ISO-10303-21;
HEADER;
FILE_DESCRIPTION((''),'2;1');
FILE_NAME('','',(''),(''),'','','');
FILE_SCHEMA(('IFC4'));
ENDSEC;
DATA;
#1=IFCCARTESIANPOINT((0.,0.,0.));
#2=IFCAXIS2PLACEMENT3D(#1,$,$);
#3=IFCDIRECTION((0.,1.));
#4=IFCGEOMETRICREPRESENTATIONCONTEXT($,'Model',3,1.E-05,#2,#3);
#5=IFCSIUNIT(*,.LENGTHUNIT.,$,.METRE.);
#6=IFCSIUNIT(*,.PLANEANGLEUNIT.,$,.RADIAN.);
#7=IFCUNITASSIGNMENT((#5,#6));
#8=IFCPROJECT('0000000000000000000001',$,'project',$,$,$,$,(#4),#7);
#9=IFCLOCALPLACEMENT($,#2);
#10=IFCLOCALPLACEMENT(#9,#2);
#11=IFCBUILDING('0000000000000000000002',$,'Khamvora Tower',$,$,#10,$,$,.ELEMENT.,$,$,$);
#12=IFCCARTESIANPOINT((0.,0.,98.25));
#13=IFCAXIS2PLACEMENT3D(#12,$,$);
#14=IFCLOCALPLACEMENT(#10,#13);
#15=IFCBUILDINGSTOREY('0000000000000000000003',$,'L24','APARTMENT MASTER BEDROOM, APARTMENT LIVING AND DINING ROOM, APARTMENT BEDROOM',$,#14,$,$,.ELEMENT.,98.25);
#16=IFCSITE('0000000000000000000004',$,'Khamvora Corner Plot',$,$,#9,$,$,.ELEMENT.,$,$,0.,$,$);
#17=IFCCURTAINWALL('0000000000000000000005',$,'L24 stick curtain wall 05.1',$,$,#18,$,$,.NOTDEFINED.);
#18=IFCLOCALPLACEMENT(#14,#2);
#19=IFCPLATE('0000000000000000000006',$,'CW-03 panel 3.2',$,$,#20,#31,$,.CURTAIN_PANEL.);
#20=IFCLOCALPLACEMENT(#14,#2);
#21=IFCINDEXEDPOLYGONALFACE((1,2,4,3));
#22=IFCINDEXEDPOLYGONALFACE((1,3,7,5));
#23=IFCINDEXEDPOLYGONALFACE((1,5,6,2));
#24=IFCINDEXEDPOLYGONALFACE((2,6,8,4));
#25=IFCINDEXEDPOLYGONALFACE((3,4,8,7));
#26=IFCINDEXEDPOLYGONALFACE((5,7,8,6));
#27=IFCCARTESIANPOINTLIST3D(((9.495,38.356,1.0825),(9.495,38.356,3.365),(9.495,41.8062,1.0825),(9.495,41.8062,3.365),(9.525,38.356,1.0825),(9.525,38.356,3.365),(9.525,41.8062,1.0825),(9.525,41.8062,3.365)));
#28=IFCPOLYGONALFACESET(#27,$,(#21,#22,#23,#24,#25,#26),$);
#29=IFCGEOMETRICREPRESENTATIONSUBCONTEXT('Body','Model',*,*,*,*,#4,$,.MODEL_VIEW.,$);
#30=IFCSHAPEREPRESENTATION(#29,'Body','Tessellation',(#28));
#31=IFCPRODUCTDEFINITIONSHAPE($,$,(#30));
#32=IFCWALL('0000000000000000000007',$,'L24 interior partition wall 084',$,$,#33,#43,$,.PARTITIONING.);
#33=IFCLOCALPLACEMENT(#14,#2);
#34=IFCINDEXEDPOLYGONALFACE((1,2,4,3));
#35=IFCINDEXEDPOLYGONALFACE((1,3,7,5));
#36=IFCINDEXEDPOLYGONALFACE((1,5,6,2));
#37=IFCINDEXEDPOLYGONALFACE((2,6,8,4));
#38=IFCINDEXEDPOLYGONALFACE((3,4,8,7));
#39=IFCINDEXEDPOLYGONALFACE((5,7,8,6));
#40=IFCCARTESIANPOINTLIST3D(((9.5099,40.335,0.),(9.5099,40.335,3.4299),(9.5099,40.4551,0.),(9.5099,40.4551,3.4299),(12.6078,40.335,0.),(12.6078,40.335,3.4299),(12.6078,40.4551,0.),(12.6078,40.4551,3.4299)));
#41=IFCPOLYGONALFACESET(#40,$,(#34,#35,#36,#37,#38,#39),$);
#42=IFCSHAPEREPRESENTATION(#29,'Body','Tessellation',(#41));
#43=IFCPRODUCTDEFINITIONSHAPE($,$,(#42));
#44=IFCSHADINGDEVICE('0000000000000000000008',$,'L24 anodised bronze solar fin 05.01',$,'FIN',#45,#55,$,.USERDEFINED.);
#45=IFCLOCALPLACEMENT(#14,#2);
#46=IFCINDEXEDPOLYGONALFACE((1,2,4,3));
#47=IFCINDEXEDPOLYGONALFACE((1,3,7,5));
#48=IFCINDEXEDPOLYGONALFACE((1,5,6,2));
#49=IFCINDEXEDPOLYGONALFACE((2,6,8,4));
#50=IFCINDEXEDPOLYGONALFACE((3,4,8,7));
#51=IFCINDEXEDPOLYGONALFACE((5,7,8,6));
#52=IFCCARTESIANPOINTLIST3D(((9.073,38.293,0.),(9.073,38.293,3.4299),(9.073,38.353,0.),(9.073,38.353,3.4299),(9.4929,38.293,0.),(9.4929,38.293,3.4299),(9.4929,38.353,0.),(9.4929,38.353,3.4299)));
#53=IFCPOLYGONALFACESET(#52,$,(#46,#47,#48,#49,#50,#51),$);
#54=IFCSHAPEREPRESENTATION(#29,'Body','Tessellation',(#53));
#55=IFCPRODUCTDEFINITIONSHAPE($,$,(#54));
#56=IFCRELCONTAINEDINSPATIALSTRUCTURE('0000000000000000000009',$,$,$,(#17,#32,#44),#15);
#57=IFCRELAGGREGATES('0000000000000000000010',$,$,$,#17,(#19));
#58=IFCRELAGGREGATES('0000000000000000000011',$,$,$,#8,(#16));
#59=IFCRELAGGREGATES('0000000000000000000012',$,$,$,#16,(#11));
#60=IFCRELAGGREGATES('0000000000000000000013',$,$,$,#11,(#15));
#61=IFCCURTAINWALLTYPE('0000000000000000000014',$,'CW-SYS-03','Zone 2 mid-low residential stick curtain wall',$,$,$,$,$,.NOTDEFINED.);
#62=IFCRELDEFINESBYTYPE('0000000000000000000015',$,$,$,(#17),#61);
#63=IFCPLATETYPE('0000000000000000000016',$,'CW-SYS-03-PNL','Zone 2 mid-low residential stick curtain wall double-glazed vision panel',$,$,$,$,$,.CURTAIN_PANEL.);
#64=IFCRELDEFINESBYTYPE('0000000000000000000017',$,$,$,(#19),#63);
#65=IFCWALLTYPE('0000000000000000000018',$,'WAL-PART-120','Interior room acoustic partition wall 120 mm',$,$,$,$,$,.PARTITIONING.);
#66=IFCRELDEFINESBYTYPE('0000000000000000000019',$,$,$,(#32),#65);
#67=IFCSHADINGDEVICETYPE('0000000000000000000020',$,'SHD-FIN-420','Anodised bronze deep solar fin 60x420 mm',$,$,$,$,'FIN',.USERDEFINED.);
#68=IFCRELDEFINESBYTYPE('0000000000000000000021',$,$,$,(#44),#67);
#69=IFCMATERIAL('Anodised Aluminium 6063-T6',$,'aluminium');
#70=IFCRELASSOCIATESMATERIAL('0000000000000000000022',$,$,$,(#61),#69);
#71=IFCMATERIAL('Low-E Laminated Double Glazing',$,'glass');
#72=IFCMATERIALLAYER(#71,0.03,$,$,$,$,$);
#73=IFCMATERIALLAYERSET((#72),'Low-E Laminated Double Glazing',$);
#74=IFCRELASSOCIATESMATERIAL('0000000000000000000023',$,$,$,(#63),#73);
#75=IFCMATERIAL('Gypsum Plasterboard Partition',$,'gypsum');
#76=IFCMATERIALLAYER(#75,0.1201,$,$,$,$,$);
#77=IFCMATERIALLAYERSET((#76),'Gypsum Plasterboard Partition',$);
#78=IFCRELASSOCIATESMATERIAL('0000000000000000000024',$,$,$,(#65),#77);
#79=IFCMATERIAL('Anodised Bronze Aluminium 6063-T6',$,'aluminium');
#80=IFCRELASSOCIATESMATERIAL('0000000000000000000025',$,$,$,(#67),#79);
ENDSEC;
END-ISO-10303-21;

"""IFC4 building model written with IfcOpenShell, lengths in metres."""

from ifc_helpers import new_model, si_unit, direction, frame, frame_2d, origin, origin_2d, place, context, subcontext, project, spatial, rectangle, extrude, material, layer, layer_set, type_object, element, aggregate, save


model = new_model("IFC4")

# Units and contexts
model_context = context("Model", 3, precision=1e-05, world=origin(), true_north=direction((0.0, 1.0)))
body_context = subcontext(model_context, "Body", "Model", "MODEL_VIEW")
ifc_project = project(units=[si_unit("LENGTHUNIT", "METRE"), si_unit("PLANEANGLEUNIT", "RADIAN")], contexts=[model_context])

# Site, building, storey
site_placement = place(None, origin())
site = spatial("IfcSite", under=ifc_project, at=site_placement, Name="Khamvora Corner Plot", CompositionType="ELEMENT", RefElevation=0.0)
building_placement = place(site_placement, origin())
building = spatial("IfcBuilding", under=site, at=building_placement, Name="Khamvora Tower", CompositionType="ELEMENT")
storey_placement = place(building_placement, frame((0.0, 0.0, 98.25)))
storey = spatial("IfcBuildingStorey", under=building, at=storey_placement, Name="L24", Description="APARTMENT MASTER BEDROOM, APARTMENT LIVING AND DINING ROOM, APARTMENT BEDROOM", CompositionType="ELEMENT", Elevation=98.25)

# Curtain wall, plate
ifc_material_1 = material(Name="Anodised Aluminium 6063-T6", Category="aluminium")
curtain_wall_type = type_object("IfcCurtainWallType", Name="CW-SYS-03", Description="Zone 2 mid-low residential stick curtain wall", PredefinedType="NOTDEFINED", material=ifc_material_1)
curtain_wall_placement = place(storey_placement, origin())
curtain_wall = element("IfcCurtainWall", 1, at=curtain_wall_placement, inside=storey, type_object=curtain_wall_type, Name="L24 stick curtain wall 05.1", PredefinedType="NOTDEFINED")
ifc_material_2 = material(Name="Low-E Laminated Double Glazing", Category="glass")
ifc_layer_1 = layer(ifc_material_2, 0.03)
ifc_layer_set_1 = layer_set([ifc_layer_1], Name="Low-E Laminated Double Glazing")
plate_type = type_object("IfcPlateType", Name="CW-SYS-03-PNL", Description="Zone 2 mid-low residential stick curtain wall double-glazed vision panel", PredefinedType="CURTAIN_PANEL", material=ifc_layer_set_1)
plate_1_placement = place(storey_placement, frame((9.51, 40.0811, 1.0825), z_axis=(0.0, 0.0, 1.0), x_axis=(0.0, 1.0, 0.0)))
plate_1 = element("IfcPlate", 2, at=plate_1_placement, type_object=plate_type, Name="CW-03 panel 3.2", PredefinedType="CURTAIN_PANEL", context=body_context, shape_type="SweptSolid", body=[
    extrude(rectangle(XDim=3.4502, YDim=0.03, at=origin_2d()), origin(), (0.0, 0.0, 1.0), 2.2825),
])
aggregate(curtain_wall, [plate_1])

# Wall
ifc_material_3 = material(Name="Gypsum Plasterboard Partition", Category="gypsum")
ifc_layer_2 = layer(ifc_material_3, 0.1201)
ifc_layer_set_2 = layer_set([ifc_layer_2], Name="Gypsum Plasterboard Partition")
wall_type = type_object("IfcWallType", Name="WAL-PART-120", Description="Interior room acoustic partition wall 120 mm", PredefinedType="PARTITIONING", material=ifc_layer_set_2)
wall_placement = place(storey_placement, frame((9.51, 40.395, 0.0), z_axis=(0.0, 0.0, 1.0), x_axis=(1.0, 0.0, 0.0)))
element("IfcWall", 3, at=wall_placement, inside=storey, type_object=wall_type, Name="L24 interior partition wall 084", PredefinedType="PARTITIONING", context=body_context, shape_type="SweptSolid", body=[
    extrude(rectangle(XDim=3.0979, YDim=0.1201, at=frame_2d((1.5488, 0.0))), origin(), (0.0, 0.0, 1.0), 3.4299),
])

# Shading device
ifc_material_4 = material(Name="Anodised Bronze Aluminium 6063-T6", Category="aluminium")
shading_device_type = type_object("IfcShadingDeviceType", Name="SHD-FIN-420", Description="Anodised bronze deep solar fin 60x420 mm", ElementType="FIN", PredefinedType="USERDEFINED", material=ifc_material_4)
shading_device_placement = place(storey_placement, frame((9.283, 38.323, 0.0), z_axis=(0.0, 0.0, 1.0), x_axis=(0.0, 1.0, 0.0)))
element("IfcShadingDevice", 4, at=shading_device_placement, inside=storey, type_object=shading_device_type, Name="L24 anodised bronze solar fin 05.01", ObjectType="FIN", PredefinedType="USERDEFINED", context=body_context, shape_type="SweptSolid", body=[
    extrude(rectangle(XDim=0.0601, YDim=0.4199, at=origin_2d()), origin(), (0.0, 0.0, 1.0), 3.4299),
])

save(model, "model.ifc")
